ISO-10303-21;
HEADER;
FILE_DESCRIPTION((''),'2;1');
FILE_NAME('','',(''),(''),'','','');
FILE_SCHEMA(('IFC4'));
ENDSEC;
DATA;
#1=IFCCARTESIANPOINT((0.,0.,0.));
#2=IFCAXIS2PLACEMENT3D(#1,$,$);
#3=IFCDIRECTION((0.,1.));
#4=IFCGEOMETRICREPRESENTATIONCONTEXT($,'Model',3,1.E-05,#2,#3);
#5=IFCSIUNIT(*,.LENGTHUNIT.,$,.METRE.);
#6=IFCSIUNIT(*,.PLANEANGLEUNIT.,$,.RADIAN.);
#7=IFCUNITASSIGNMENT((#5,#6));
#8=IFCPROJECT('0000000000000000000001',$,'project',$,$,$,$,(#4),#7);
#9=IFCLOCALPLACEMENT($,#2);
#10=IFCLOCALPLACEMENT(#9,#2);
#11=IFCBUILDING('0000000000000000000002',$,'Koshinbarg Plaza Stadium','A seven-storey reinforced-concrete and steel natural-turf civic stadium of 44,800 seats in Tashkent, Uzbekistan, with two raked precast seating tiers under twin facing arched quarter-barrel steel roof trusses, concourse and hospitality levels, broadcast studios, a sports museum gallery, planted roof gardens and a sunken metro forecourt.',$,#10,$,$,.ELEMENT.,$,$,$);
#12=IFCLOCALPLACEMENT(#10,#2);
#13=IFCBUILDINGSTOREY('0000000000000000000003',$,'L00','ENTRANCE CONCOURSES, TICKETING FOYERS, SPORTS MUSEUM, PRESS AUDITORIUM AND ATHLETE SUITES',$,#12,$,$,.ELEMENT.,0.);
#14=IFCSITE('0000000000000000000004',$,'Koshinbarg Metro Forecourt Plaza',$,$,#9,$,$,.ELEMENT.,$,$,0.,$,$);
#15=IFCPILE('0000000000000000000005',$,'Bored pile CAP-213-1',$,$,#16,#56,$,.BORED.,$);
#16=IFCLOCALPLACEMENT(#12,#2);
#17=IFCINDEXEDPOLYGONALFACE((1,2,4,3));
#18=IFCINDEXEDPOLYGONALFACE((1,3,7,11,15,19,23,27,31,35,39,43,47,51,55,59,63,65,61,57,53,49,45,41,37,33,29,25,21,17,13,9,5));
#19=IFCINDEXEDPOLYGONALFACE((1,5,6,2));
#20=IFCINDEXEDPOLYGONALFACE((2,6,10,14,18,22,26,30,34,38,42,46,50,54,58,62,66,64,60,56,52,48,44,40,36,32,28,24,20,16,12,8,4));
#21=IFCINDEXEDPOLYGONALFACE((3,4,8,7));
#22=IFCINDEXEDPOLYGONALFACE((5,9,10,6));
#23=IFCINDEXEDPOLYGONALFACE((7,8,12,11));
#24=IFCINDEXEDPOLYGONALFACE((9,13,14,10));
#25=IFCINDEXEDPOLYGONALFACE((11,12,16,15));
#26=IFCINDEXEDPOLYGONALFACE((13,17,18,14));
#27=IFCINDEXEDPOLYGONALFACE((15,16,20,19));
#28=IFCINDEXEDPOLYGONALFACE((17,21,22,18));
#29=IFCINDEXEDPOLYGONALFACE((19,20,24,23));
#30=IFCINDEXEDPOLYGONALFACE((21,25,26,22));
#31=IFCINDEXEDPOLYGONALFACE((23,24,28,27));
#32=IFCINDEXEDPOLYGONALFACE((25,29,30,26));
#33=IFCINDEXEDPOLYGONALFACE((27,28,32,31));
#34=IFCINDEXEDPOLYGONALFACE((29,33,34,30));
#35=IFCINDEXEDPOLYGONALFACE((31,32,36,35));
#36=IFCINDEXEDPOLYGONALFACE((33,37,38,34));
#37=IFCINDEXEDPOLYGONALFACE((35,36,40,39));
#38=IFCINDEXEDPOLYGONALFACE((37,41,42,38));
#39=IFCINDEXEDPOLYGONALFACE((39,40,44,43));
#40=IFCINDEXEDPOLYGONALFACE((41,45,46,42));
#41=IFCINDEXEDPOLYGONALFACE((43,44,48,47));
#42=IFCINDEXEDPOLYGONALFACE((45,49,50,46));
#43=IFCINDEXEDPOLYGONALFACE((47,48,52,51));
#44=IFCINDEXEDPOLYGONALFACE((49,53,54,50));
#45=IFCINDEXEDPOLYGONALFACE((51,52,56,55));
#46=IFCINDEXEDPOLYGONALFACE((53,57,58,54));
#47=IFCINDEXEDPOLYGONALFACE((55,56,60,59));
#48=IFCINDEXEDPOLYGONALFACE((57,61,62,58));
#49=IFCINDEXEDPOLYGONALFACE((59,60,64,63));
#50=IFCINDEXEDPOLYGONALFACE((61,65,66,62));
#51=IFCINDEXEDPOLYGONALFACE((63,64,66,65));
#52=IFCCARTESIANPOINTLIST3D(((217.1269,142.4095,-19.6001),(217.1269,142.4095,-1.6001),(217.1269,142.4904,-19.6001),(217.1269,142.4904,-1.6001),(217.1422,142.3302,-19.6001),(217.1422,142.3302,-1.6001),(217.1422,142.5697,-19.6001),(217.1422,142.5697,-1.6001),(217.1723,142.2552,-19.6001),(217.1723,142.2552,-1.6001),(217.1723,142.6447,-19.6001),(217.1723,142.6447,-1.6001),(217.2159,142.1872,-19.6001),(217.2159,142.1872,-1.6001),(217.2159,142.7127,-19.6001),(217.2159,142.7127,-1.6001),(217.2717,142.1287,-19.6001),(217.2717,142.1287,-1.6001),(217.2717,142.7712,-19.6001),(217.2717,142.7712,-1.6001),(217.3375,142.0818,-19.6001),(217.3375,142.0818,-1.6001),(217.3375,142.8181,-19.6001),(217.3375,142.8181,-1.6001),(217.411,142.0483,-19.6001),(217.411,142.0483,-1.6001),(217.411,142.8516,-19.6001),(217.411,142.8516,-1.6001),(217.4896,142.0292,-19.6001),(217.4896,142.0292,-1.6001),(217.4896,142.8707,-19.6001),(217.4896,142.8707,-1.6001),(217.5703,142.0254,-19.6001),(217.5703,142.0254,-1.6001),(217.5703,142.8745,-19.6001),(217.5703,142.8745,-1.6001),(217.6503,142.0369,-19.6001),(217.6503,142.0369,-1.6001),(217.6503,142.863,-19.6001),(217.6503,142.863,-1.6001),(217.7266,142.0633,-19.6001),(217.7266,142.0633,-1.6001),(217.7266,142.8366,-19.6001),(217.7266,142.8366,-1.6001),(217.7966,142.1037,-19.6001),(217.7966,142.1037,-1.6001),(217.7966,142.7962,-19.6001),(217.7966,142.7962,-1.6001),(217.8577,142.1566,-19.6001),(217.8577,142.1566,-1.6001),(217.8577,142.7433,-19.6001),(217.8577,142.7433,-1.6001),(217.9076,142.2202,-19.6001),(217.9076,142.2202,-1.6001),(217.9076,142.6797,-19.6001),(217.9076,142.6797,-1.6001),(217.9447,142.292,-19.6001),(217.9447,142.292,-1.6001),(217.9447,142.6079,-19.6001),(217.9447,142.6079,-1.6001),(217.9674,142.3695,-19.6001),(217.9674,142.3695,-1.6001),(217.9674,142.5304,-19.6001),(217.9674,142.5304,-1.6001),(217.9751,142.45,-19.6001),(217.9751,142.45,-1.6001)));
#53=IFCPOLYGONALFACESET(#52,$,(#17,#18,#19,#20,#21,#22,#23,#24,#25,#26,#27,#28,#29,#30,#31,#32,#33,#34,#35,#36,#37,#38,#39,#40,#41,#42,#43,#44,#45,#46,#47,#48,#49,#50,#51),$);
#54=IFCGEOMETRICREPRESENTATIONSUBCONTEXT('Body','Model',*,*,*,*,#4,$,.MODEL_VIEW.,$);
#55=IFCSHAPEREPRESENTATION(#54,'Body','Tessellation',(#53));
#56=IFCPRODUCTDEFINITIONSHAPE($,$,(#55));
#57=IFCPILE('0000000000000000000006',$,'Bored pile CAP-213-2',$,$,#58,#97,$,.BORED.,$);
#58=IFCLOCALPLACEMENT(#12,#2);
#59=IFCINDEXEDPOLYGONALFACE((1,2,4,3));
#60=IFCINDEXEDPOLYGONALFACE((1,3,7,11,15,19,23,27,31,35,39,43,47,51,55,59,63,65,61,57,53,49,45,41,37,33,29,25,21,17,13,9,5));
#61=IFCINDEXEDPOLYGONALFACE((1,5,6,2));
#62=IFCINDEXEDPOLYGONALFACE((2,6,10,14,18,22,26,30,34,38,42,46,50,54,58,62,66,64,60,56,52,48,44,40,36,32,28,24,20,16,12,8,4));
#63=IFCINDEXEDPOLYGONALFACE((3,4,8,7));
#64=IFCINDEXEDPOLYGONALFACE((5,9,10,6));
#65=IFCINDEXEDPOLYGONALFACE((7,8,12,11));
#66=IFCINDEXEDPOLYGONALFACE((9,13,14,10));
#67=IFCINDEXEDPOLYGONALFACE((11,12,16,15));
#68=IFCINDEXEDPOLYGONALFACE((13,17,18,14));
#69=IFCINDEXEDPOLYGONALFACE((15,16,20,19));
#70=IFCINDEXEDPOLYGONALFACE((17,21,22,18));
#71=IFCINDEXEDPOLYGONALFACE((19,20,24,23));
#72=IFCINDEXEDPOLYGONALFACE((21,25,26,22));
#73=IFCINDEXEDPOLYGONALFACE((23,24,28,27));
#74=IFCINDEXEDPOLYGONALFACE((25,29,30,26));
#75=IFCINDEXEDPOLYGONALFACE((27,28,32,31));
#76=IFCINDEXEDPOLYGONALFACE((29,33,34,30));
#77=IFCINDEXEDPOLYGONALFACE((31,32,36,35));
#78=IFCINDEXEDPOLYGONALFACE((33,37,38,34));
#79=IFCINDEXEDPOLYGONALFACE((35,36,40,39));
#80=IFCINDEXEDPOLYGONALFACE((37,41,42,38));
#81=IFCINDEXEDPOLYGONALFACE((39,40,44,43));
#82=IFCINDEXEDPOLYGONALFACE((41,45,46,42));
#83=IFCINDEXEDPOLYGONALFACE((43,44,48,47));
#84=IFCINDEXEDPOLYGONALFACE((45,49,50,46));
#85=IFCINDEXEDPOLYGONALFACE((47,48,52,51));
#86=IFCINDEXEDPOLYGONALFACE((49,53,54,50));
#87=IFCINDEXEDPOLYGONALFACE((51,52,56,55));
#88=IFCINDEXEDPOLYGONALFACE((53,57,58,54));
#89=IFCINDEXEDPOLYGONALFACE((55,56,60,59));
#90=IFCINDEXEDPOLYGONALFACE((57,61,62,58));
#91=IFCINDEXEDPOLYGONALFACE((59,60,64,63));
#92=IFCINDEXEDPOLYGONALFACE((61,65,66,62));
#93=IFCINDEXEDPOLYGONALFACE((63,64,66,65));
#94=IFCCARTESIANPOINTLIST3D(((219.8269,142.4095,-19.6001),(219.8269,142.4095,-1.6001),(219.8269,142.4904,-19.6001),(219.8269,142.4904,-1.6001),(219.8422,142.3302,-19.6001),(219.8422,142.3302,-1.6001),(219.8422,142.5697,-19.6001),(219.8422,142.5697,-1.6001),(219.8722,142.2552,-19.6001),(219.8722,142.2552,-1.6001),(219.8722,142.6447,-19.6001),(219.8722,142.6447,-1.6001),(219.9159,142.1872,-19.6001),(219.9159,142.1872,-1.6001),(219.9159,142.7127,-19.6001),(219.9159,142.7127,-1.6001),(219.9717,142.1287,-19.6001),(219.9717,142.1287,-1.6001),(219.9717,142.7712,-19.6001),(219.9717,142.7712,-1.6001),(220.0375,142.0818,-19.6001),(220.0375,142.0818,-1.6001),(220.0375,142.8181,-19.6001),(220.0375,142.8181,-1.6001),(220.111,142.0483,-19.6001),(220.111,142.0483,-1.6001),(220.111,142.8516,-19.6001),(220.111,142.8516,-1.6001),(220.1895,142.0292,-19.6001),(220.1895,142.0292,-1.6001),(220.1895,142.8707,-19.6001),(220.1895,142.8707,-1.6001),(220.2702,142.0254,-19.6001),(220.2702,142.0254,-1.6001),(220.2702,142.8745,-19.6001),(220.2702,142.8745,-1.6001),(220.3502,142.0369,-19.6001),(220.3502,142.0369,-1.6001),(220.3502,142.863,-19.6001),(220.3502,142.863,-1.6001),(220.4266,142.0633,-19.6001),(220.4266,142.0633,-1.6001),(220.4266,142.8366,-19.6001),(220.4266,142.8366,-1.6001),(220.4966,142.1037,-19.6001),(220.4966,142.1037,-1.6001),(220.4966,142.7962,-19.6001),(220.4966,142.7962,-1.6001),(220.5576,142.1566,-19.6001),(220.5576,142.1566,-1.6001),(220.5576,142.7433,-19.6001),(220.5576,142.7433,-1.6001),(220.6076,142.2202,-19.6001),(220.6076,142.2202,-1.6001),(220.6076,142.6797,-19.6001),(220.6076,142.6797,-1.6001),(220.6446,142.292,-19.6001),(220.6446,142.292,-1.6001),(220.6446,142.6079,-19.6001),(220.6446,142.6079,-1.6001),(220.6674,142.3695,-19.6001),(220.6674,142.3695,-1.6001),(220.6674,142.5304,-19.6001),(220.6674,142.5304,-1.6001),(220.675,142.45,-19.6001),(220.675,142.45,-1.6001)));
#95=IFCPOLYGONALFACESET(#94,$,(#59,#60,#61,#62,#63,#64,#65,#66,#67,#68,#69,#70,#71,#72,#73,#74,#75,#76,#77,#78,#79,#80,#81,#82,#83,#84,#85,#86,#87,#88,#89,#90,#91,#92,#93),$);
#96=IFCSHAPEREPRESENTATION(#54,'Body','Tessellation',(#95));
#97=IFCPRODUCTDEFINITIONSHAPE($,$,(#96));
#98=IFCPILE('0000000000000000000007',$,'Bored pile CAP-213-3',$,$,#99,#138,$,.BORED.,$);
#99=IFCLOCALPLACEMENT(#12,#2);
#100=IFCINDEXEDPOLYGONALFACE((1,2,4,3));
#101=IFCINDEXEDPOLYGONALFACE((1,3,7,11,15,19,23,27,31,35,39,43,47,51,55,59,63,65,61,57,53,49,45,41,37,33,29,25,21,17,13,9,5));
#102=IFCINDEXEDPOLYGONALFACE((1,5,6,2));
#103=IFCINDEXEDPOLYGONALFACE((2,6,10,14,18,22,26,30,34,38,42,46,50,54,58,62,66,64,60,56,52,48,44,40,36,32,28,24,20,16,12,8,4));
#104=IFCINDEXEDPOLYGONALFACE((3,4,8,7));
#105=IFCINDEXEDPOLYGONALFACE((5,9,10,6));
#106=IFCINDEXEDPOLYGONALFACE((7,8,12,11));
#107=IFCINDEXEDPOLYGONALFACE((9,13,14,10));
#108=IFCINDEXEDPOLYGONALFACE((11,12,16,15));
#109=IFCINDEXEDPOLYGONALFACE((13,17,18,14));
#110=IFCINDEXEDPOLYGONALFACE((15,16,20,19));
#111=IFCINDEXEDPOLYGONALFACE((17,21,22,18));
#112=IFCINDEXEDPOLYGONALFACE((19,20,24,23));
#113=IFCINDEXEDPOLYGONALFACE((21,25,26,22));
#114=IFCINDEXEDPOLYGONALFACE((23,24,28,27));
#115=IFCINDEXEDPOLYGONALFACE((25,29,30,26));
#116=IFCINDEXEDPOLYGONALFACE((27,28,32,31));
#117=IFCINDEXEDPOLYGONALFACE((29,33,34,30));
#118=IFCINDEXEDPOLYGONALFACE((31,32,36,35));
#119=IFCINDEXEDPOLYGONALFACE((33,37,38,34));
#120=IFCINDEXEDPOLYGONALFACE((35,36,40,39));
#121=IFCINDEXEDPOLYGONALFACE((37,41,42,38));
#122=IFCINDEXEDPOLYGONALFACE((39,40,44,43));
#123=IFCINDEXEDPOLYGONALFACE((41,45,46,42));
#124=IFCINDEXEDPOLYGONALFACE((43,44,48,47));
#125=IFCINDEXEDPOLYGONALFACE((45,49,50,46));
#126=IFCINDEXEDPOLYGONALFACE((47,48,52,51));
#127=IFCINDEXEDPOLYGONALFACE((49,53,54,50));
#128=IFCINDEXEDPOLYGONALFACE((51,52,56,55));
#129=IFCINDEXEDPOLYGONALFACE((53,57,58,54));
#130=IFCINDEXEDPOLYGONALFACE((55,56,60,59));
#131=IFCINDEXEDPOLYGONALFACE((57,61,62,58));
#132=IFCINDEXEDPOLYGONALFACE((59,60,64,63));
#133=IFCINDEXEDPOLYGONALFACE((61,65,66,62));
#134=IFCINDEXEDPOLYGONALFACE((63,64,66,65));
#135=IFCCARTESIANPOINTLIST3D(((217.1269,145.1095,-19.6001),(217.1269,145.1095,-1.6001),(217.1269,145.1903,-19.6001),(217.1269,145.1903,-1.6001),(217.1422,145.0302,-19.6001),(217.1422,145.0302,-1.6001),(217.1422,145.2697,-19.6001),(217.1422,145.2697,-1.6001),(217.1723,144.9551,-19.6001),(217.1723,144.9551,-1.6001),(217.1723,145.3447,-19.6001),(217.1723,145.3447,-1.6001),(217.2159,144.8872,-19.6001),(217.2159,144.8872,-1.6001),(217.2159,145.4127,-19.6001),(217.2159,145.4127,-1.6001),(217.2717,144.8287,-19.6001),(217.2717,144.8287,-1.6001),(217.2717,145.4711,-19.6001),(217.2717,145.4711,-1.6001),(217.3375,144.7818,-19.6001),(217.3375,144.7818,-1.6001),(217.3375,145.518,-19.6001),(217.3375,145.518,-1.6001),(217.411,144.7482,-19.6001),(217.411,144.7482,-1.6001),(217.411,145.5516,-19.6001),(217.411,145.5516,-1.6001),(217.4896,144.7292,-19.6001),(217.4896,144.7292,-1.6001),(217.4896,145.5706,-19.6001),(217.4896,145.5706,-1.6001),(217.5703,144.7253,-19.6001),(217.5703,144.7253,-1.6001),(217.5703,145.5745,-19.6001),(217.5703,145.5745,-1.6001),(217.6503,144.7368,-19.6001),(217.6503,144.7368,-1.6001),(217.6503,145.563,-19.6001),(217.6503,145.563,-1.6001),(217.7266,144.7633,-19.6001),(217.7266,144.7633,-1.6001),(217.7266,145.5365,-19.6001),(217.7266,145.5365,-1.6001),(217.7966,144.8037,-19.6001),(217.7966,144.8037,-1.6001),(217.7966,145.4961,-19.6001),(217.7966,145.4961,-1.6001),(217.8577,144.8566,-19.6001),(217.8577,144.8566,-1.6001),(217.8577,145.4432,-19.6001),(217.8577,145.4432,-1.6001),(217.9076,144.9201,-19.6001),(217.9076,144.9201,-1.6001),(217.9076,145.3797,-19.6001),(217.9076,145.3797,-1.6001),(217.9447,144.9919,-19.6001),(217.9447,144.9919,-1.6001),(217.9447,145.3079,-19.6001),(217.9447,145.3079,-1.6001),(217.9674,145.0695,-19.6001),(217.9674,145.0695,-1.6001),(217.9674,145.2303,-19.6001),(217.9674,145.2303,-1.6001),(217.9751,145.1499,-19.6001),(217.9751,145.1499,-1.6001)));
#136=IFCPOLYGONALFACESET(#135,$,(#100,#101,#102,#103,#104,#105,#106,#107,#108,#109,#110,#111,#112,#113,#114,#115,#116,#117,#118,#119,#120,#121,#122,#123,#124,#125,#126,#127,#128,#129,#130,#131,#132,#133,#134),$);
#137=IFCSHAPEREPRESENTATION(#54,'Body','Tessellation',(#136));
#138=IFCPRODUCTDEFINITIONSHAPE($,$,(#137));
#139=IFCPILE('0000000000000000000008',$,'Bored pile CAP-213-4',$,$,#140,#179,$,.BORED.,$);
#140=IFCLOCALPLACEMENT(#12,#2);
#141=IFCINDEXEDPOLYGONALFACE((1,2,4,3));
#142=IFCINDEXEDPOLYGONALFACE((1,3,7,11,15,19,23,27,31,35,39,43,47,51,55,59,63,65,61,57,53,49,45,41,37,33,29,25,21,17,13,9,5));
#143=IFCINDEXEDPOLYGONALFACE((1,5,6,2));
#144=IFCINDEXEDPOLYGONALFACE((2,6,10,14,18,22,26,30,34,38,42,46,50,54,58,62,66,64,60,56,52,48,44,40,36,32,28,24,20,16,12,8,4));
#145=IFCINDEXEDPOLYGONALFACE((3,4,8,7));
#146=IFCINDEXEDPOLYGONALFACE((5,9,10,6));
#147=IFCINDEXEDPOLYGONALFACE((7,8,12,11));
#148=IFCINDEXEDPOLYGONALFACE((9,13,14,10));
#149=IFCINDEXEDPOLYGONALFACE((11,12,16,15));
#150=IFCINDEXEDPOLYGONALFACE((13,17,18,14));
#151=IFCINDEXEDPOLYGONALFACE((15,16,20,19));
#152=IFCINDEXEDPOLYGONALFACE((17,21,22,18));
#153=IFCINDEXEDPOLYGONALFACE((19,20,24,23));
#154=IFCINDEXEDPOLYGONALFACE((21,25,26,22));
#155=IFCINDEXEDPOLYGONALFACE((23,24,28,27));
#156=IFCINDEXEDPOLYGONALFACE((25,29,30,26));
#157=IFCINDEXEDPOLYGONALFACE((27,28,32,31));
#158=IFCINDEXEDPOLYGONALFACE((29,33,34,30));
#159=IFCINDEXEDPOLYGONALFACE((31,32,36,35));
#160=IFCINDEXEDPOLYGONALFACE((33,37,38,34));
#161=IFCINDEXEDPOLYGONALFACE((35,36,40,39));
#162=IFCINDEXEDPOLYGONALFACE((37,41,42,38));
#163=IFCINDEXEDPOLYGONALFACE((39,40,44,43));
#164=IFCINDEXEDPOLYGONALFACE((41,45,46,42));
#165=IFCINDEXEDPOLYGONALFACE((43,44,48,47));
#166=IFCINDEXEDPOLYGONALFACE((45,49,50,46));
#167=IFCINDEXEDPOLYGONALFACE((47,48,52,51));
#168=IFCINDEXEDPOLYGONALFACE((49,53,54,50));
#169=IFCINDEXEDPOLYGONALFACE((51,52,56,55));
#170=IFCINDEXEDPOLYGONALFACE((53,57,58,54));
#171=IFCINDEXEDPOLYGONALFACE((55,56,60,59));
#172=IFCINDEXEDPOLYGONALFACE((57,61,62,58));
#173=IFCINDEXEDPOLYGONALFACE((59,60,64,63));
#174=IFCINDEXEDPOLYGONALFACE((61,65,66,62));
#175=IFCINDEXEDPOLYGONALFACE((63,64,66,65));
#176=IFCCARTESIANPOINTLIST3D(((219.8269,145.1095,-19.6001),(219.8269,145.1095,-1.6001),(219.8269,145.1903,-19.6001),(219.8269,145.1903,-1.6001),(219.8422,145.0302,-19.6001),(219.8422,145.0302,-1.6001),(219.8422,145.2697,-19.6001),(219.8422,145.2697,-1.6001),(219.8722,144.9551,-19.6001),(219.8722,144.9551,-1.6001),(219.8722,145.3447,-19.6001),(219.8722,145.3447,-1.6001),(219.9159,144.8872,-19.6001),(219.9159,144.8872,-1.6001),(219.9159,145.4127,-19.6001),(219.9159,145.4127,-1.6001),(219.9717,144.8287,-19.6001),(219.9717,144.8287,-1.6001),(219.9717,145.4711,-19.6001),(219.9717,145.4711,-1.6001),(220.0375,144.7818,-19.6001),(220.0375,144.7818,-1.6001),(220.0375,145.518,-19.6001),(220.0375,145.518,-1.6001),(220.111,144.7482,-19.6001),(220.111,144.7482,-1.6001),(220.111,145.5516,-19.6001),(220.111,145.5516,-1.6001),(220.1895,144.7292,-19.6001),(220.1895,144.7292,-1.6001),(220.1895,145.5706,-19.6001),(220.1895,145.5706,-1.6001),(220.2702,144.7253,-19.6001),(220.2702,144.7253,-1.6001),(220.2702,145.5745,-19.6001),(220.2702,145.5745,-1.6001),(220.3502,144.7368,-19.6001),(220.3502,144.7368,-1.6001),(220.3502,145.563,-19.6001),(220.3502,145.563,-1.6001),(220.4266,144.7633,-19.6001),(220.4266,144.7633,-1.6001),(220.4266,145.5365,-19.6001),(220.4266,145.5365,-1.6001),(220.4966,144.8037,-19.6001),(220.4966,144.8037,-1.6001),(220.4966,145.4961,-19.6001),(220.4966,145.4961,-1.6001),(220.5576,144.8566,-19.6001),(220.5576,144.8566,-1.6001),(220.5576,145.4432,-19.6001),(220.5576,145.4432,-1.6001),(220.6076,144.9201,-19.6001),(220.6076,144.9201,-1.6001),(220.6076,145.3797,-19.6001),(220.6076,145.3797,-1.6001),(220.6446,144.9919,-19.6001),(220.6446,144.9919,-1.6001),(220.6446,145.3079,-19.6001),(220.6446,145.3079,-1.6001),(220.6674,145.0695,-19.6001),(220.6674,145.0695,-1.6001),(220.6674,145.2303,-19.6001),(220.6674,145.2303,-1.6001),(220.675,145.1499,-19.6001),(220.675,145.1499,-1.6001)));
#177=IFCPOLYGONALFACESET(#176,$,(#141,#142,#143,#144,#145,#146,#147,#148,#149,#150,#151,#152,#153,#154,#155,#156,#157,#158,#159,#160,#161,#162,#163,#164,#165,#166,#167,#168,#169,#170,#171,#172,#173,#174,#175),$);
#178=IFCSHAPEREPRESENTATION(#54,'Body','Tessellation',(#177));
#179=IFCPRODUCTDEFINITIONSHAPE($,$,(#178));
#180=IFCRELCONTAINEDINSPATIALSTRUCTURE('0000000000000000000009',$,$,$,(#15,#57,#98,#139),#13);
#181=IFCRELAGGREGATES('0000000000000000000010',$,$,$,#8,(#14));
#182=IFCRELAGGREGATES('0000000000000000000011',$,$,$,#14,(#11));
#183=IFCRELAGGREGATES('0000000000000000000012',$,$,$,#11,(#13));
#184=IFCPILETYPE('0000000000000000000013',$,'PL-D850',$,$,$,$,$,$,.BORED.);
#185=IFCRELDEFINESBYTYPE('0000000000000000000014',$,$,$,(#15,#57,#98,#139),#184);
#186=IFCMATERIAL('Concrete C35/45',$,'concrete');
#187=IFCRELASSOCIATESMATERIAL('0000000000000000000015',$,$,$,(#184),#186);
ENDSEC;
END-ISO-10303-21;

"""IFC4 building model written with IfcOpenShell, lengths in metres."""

from ifc_helpers import new_model, si_unit, direction, frame, origin, origin_2d, place, context, subcontext, project, spatial, circle, extrude, material, material_profile, profile_set, type_object, element, save


model = new_model("IFC4")

# Units and contexts
model_context = context("Model", 3, precision=1e-05, world=origin(), true_north=direction((0.0, 1.0)))
body_context = subcontext(model_context, "Body", "Model", "MODEL_VIEW")
ifc_project = project(units=[si_unit("LENGTHUNIT", "METRE"), si_unit("PLANEANGLEUNIT", "RADIAN")], contexts=[model_context])

# Site, building, storey
site_placement = place(None, origin())
site = spatial("IfcSite", under=ifc_project, at=site_placement, Name="Koshinbarg Metro Forecourt Plaza", CompositionType="ELEMENT", RefElevation=0.0)
building_placement = place(site_placement, origin())
building = spatial("IfcBuilding", under=site, at=building_placement, Name="Koshinbarg Plaza Stadium", Description="A seven-storey reinforced-concrete and steel natural-turf civic stadium of 44,800 seats in Tashkent, Uzbekistan, with two raked precast seating tiers under twin facing arched quarter-barrel steel roof trusses, concourse and hospitality levels, broadcast studios, a sports museum gallery, planted roof gardens and a sunken metro forecourt.", CompositionType="ELEMENT")
storey_placement = place(building_placement, origin())
storey = spatial("IfcBuildingStorey", under=building, at=storey_placement, Name="L00", Description="ENTRANCE CONCOURSES, TICKETING FOYERS, SPORTS MUSEUM, PRESS AUDITORIUM AND ATHLETE SUITES", CompositionType="ELEMENT", Elevation=0.0)

# Shared definitions
ifc_material_1 = material(Name="Concrete C35/45", Category="concrete")

# Piles
ifc_material_profile_1 = material_profile(ifc_material_1, circle(Radius=0.425, at=origin_2d()), Name="PILE D850")
ifc_profile_set_1 = profile_set([ifc_material_profile_1], Name="Concrete C35/45")
pile_type_1 = type_object("IfcPileType", Name="PL-D850", PredefinedType="BORED", material=ifc_profile_set_1)
for number, where, z_axis, x_axis, name in (
    (1, (217.55, 142.45, -1.6001), (0.0, 0.0, -1.0), (1.0, 0.0, 0.0), "Bored pile CAP-213-1"),
    (2, (220.25, 142.45, -1.6001), (0.0, 0.0, -1.0), (1.0, 0.0, 0.0), "Bored pile CAP-213-2"),
    (3, (217.55, 145.1499, -1.6001), (0.0, 0.0, -1.0), (1.0, 0.0, 0.0), "Bored pile CAP-213-3"),
    (4, (220.25, 145.1499, -1.6001), (0.0, 0.0, -1.0), (1.0, 0.0, 0.0), "Bored pile CAP-213-4"),
):
    element("IfcPile", number, at=place(storey_placement, frame(where, z_axis=z_axis, x_axis=x_axis)), inside=storey, type_object=pile_type_1, Name=name, PredefinedType="BORED", context=body_context, shape_type="SweptSolid", body=[
        extrude(circle(Radius=0.425, at=origin_2d()), origin(), (0.0, 0.0, 1.0), 18.0),
    ])

save(model, "model.ifc")
